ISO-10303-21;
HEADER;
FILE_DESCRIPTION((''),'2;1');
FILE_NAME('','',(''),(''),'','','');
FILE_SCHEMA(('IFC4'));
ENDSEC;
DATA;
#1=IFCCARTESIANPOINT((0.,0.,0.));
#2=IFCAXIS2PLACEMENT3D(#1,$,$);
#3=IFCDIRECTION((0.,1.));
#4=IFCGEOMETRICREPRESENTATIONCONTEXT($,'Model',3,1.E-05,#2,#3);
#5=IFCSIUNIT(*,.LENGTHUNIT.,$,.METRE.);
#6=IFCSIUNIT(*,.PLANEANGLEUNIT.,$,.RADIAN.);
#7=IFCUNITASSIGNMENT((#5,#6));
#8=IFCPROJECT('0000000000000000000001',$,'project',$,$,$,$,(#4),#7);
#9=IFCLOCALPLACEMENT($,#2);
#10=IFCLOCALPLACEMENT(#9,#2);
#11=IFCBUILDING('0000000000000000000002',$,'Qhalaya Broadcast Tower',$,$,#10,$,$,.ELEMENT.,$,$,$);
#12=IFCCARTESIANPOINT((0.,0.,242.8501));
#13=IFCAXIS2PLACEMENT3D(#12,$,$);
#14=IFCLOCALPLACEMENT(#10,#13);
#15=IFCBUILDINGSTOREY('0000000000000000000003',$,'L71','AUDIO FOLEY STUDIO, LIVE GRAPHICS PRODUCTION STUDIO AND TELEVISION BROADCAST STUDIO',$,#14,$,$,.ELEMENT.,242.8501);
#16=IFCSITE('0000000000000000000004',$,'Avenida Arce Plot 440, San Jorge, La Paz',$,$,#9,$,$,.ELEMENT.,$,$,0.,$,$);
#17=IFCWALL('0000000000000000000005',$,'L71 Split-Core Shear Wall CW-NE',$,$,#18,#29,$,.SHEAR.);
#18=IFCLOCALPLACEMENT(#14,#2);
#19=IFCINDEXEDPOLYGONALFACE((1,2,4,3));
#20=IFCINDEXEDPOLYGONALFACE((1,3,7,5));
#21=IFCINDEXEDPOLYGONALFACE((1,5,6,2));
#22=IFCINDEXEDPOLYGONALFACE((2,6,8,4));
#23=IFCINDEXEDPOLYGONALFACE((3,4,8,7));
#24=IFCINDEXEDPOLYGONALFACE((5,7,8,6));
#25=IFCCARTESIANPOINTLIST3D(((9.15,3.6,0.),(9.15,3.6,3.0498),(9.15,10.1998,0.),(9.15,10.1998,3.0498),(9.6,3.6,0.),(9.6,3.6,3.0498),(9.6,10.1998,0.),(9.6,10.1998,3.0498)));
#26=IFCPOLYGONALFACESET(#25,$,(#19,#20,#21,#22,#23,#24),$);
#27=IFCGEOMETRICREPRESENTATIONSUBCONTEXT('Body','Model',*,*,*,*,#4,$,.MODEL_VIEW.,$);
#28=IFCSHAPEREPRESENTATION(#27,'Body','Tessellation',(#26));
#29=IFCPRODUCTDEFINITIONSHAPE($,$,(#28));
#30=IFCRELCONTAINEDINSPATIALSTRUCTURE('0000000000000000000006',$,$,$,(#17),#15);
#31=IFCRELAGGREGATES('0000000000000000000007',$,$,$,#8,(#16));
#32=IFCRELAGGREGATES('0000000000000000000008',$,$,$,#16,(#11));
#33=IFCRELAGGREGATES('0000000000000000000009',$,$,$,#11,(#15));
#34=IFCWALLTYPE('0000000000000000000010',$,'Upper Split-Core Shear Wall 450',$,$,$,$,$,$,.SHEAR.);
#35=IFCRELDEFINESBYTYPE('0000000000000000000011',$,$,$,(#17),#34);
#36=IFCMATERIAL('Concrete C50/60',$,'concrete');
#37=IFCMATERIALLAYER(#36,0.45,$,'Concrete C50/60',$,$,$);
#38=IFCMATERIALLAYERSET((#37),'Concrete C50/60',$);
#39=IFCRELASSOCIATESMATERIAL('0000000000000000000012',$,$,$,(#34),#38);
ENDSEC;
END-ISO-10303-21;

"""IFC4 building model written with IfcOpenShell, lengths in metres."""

from ifc_helpers import new_model, si_unit, direction, frame, frame_2d, origin, place, context, subcontext, project, spatial, rectangle, extrude, material, layer, layer_set, type_object, element, save


model = new_model("IFC4")

# Units and contexts
model_context = context("Model", 3, precision=1e-05, world=origin(), true_north=direction((0.0, 1.0)))
body_context = subcontext(model_context, "Body", "Model", "MODEL_VIEW")
ifc_project = project(units=[si_unit("LENGTHUNIT", "METRE"), si_unit("PLANEANGLEUNIT", "RADIAN")], contexts=[model_context])

# Site, building, storey
site_placement = place(None, origin())
site = spatial("IfcSite", under=ifc_project, at=site_placement, Name="Avenida Arce Plot 440, San Jorge, La Paz", CompositionType="ELEMENT", RefElevation=0.0)
building_placement = place(site_placement, origin())
building = spatial("IfcBuilding", under=site, at=building_placement, Name="Qhalaya Broadcast Tower", CompositionType="ELEMENT")
storey_placement = place(building_placement, frame((0.0, 0.0, 242.8501)))
storey = spatial("IfcBuildingStorey", under=building, at=storey_placement, Name="L71", Description="AUDIO FOLEY STUDIO, LIVE GRAPHICS PRODUCTION STUDIO AND TELEVISION BROADCAST STUDIO", CompositionType="ELEMENT", Elevation=242.8501)

# Shared definitions
ifc_material_1 = material(Name="Concrete C50/60", Category="concrete")

# Wall
ifc_layer_1 = layer(ifc_material_1, 0.45, Name="Concrete C50/60")
ifc_layer_set_1 = layer_set([ifc_layer_1], Name="Concrete C50/60")
wall_type_1 = type_object("IfcWallType", Name="Upper Split-Core Shear Wall 450", PredefinedType="SHEAR", material=ifc_layer_set_1)
wall_1_placement = place(storey_placement, frame((9.375, 3.6001, 0.0), z_axis=(0.0, 0.0, 1.0), x_axis=(0.0, 1.0, 0.0)))
element("IfcWall", 1, at=wall_1_placement, inside=storey, type_object=wall_type_1, Name="L71 Split-Core Shear Wall CW-NE", PredefinedType="SHEAR", context=body_context, shape_type="SweptSolid", body=[
    extrude(rectangle(XDim=6.5999, YDim=0.45, at=frame_2d((3.2998, 0.0))), origin(), (0.0, 0.0, 1.0), 3.0498),
])

save(model, "model.ifc")
